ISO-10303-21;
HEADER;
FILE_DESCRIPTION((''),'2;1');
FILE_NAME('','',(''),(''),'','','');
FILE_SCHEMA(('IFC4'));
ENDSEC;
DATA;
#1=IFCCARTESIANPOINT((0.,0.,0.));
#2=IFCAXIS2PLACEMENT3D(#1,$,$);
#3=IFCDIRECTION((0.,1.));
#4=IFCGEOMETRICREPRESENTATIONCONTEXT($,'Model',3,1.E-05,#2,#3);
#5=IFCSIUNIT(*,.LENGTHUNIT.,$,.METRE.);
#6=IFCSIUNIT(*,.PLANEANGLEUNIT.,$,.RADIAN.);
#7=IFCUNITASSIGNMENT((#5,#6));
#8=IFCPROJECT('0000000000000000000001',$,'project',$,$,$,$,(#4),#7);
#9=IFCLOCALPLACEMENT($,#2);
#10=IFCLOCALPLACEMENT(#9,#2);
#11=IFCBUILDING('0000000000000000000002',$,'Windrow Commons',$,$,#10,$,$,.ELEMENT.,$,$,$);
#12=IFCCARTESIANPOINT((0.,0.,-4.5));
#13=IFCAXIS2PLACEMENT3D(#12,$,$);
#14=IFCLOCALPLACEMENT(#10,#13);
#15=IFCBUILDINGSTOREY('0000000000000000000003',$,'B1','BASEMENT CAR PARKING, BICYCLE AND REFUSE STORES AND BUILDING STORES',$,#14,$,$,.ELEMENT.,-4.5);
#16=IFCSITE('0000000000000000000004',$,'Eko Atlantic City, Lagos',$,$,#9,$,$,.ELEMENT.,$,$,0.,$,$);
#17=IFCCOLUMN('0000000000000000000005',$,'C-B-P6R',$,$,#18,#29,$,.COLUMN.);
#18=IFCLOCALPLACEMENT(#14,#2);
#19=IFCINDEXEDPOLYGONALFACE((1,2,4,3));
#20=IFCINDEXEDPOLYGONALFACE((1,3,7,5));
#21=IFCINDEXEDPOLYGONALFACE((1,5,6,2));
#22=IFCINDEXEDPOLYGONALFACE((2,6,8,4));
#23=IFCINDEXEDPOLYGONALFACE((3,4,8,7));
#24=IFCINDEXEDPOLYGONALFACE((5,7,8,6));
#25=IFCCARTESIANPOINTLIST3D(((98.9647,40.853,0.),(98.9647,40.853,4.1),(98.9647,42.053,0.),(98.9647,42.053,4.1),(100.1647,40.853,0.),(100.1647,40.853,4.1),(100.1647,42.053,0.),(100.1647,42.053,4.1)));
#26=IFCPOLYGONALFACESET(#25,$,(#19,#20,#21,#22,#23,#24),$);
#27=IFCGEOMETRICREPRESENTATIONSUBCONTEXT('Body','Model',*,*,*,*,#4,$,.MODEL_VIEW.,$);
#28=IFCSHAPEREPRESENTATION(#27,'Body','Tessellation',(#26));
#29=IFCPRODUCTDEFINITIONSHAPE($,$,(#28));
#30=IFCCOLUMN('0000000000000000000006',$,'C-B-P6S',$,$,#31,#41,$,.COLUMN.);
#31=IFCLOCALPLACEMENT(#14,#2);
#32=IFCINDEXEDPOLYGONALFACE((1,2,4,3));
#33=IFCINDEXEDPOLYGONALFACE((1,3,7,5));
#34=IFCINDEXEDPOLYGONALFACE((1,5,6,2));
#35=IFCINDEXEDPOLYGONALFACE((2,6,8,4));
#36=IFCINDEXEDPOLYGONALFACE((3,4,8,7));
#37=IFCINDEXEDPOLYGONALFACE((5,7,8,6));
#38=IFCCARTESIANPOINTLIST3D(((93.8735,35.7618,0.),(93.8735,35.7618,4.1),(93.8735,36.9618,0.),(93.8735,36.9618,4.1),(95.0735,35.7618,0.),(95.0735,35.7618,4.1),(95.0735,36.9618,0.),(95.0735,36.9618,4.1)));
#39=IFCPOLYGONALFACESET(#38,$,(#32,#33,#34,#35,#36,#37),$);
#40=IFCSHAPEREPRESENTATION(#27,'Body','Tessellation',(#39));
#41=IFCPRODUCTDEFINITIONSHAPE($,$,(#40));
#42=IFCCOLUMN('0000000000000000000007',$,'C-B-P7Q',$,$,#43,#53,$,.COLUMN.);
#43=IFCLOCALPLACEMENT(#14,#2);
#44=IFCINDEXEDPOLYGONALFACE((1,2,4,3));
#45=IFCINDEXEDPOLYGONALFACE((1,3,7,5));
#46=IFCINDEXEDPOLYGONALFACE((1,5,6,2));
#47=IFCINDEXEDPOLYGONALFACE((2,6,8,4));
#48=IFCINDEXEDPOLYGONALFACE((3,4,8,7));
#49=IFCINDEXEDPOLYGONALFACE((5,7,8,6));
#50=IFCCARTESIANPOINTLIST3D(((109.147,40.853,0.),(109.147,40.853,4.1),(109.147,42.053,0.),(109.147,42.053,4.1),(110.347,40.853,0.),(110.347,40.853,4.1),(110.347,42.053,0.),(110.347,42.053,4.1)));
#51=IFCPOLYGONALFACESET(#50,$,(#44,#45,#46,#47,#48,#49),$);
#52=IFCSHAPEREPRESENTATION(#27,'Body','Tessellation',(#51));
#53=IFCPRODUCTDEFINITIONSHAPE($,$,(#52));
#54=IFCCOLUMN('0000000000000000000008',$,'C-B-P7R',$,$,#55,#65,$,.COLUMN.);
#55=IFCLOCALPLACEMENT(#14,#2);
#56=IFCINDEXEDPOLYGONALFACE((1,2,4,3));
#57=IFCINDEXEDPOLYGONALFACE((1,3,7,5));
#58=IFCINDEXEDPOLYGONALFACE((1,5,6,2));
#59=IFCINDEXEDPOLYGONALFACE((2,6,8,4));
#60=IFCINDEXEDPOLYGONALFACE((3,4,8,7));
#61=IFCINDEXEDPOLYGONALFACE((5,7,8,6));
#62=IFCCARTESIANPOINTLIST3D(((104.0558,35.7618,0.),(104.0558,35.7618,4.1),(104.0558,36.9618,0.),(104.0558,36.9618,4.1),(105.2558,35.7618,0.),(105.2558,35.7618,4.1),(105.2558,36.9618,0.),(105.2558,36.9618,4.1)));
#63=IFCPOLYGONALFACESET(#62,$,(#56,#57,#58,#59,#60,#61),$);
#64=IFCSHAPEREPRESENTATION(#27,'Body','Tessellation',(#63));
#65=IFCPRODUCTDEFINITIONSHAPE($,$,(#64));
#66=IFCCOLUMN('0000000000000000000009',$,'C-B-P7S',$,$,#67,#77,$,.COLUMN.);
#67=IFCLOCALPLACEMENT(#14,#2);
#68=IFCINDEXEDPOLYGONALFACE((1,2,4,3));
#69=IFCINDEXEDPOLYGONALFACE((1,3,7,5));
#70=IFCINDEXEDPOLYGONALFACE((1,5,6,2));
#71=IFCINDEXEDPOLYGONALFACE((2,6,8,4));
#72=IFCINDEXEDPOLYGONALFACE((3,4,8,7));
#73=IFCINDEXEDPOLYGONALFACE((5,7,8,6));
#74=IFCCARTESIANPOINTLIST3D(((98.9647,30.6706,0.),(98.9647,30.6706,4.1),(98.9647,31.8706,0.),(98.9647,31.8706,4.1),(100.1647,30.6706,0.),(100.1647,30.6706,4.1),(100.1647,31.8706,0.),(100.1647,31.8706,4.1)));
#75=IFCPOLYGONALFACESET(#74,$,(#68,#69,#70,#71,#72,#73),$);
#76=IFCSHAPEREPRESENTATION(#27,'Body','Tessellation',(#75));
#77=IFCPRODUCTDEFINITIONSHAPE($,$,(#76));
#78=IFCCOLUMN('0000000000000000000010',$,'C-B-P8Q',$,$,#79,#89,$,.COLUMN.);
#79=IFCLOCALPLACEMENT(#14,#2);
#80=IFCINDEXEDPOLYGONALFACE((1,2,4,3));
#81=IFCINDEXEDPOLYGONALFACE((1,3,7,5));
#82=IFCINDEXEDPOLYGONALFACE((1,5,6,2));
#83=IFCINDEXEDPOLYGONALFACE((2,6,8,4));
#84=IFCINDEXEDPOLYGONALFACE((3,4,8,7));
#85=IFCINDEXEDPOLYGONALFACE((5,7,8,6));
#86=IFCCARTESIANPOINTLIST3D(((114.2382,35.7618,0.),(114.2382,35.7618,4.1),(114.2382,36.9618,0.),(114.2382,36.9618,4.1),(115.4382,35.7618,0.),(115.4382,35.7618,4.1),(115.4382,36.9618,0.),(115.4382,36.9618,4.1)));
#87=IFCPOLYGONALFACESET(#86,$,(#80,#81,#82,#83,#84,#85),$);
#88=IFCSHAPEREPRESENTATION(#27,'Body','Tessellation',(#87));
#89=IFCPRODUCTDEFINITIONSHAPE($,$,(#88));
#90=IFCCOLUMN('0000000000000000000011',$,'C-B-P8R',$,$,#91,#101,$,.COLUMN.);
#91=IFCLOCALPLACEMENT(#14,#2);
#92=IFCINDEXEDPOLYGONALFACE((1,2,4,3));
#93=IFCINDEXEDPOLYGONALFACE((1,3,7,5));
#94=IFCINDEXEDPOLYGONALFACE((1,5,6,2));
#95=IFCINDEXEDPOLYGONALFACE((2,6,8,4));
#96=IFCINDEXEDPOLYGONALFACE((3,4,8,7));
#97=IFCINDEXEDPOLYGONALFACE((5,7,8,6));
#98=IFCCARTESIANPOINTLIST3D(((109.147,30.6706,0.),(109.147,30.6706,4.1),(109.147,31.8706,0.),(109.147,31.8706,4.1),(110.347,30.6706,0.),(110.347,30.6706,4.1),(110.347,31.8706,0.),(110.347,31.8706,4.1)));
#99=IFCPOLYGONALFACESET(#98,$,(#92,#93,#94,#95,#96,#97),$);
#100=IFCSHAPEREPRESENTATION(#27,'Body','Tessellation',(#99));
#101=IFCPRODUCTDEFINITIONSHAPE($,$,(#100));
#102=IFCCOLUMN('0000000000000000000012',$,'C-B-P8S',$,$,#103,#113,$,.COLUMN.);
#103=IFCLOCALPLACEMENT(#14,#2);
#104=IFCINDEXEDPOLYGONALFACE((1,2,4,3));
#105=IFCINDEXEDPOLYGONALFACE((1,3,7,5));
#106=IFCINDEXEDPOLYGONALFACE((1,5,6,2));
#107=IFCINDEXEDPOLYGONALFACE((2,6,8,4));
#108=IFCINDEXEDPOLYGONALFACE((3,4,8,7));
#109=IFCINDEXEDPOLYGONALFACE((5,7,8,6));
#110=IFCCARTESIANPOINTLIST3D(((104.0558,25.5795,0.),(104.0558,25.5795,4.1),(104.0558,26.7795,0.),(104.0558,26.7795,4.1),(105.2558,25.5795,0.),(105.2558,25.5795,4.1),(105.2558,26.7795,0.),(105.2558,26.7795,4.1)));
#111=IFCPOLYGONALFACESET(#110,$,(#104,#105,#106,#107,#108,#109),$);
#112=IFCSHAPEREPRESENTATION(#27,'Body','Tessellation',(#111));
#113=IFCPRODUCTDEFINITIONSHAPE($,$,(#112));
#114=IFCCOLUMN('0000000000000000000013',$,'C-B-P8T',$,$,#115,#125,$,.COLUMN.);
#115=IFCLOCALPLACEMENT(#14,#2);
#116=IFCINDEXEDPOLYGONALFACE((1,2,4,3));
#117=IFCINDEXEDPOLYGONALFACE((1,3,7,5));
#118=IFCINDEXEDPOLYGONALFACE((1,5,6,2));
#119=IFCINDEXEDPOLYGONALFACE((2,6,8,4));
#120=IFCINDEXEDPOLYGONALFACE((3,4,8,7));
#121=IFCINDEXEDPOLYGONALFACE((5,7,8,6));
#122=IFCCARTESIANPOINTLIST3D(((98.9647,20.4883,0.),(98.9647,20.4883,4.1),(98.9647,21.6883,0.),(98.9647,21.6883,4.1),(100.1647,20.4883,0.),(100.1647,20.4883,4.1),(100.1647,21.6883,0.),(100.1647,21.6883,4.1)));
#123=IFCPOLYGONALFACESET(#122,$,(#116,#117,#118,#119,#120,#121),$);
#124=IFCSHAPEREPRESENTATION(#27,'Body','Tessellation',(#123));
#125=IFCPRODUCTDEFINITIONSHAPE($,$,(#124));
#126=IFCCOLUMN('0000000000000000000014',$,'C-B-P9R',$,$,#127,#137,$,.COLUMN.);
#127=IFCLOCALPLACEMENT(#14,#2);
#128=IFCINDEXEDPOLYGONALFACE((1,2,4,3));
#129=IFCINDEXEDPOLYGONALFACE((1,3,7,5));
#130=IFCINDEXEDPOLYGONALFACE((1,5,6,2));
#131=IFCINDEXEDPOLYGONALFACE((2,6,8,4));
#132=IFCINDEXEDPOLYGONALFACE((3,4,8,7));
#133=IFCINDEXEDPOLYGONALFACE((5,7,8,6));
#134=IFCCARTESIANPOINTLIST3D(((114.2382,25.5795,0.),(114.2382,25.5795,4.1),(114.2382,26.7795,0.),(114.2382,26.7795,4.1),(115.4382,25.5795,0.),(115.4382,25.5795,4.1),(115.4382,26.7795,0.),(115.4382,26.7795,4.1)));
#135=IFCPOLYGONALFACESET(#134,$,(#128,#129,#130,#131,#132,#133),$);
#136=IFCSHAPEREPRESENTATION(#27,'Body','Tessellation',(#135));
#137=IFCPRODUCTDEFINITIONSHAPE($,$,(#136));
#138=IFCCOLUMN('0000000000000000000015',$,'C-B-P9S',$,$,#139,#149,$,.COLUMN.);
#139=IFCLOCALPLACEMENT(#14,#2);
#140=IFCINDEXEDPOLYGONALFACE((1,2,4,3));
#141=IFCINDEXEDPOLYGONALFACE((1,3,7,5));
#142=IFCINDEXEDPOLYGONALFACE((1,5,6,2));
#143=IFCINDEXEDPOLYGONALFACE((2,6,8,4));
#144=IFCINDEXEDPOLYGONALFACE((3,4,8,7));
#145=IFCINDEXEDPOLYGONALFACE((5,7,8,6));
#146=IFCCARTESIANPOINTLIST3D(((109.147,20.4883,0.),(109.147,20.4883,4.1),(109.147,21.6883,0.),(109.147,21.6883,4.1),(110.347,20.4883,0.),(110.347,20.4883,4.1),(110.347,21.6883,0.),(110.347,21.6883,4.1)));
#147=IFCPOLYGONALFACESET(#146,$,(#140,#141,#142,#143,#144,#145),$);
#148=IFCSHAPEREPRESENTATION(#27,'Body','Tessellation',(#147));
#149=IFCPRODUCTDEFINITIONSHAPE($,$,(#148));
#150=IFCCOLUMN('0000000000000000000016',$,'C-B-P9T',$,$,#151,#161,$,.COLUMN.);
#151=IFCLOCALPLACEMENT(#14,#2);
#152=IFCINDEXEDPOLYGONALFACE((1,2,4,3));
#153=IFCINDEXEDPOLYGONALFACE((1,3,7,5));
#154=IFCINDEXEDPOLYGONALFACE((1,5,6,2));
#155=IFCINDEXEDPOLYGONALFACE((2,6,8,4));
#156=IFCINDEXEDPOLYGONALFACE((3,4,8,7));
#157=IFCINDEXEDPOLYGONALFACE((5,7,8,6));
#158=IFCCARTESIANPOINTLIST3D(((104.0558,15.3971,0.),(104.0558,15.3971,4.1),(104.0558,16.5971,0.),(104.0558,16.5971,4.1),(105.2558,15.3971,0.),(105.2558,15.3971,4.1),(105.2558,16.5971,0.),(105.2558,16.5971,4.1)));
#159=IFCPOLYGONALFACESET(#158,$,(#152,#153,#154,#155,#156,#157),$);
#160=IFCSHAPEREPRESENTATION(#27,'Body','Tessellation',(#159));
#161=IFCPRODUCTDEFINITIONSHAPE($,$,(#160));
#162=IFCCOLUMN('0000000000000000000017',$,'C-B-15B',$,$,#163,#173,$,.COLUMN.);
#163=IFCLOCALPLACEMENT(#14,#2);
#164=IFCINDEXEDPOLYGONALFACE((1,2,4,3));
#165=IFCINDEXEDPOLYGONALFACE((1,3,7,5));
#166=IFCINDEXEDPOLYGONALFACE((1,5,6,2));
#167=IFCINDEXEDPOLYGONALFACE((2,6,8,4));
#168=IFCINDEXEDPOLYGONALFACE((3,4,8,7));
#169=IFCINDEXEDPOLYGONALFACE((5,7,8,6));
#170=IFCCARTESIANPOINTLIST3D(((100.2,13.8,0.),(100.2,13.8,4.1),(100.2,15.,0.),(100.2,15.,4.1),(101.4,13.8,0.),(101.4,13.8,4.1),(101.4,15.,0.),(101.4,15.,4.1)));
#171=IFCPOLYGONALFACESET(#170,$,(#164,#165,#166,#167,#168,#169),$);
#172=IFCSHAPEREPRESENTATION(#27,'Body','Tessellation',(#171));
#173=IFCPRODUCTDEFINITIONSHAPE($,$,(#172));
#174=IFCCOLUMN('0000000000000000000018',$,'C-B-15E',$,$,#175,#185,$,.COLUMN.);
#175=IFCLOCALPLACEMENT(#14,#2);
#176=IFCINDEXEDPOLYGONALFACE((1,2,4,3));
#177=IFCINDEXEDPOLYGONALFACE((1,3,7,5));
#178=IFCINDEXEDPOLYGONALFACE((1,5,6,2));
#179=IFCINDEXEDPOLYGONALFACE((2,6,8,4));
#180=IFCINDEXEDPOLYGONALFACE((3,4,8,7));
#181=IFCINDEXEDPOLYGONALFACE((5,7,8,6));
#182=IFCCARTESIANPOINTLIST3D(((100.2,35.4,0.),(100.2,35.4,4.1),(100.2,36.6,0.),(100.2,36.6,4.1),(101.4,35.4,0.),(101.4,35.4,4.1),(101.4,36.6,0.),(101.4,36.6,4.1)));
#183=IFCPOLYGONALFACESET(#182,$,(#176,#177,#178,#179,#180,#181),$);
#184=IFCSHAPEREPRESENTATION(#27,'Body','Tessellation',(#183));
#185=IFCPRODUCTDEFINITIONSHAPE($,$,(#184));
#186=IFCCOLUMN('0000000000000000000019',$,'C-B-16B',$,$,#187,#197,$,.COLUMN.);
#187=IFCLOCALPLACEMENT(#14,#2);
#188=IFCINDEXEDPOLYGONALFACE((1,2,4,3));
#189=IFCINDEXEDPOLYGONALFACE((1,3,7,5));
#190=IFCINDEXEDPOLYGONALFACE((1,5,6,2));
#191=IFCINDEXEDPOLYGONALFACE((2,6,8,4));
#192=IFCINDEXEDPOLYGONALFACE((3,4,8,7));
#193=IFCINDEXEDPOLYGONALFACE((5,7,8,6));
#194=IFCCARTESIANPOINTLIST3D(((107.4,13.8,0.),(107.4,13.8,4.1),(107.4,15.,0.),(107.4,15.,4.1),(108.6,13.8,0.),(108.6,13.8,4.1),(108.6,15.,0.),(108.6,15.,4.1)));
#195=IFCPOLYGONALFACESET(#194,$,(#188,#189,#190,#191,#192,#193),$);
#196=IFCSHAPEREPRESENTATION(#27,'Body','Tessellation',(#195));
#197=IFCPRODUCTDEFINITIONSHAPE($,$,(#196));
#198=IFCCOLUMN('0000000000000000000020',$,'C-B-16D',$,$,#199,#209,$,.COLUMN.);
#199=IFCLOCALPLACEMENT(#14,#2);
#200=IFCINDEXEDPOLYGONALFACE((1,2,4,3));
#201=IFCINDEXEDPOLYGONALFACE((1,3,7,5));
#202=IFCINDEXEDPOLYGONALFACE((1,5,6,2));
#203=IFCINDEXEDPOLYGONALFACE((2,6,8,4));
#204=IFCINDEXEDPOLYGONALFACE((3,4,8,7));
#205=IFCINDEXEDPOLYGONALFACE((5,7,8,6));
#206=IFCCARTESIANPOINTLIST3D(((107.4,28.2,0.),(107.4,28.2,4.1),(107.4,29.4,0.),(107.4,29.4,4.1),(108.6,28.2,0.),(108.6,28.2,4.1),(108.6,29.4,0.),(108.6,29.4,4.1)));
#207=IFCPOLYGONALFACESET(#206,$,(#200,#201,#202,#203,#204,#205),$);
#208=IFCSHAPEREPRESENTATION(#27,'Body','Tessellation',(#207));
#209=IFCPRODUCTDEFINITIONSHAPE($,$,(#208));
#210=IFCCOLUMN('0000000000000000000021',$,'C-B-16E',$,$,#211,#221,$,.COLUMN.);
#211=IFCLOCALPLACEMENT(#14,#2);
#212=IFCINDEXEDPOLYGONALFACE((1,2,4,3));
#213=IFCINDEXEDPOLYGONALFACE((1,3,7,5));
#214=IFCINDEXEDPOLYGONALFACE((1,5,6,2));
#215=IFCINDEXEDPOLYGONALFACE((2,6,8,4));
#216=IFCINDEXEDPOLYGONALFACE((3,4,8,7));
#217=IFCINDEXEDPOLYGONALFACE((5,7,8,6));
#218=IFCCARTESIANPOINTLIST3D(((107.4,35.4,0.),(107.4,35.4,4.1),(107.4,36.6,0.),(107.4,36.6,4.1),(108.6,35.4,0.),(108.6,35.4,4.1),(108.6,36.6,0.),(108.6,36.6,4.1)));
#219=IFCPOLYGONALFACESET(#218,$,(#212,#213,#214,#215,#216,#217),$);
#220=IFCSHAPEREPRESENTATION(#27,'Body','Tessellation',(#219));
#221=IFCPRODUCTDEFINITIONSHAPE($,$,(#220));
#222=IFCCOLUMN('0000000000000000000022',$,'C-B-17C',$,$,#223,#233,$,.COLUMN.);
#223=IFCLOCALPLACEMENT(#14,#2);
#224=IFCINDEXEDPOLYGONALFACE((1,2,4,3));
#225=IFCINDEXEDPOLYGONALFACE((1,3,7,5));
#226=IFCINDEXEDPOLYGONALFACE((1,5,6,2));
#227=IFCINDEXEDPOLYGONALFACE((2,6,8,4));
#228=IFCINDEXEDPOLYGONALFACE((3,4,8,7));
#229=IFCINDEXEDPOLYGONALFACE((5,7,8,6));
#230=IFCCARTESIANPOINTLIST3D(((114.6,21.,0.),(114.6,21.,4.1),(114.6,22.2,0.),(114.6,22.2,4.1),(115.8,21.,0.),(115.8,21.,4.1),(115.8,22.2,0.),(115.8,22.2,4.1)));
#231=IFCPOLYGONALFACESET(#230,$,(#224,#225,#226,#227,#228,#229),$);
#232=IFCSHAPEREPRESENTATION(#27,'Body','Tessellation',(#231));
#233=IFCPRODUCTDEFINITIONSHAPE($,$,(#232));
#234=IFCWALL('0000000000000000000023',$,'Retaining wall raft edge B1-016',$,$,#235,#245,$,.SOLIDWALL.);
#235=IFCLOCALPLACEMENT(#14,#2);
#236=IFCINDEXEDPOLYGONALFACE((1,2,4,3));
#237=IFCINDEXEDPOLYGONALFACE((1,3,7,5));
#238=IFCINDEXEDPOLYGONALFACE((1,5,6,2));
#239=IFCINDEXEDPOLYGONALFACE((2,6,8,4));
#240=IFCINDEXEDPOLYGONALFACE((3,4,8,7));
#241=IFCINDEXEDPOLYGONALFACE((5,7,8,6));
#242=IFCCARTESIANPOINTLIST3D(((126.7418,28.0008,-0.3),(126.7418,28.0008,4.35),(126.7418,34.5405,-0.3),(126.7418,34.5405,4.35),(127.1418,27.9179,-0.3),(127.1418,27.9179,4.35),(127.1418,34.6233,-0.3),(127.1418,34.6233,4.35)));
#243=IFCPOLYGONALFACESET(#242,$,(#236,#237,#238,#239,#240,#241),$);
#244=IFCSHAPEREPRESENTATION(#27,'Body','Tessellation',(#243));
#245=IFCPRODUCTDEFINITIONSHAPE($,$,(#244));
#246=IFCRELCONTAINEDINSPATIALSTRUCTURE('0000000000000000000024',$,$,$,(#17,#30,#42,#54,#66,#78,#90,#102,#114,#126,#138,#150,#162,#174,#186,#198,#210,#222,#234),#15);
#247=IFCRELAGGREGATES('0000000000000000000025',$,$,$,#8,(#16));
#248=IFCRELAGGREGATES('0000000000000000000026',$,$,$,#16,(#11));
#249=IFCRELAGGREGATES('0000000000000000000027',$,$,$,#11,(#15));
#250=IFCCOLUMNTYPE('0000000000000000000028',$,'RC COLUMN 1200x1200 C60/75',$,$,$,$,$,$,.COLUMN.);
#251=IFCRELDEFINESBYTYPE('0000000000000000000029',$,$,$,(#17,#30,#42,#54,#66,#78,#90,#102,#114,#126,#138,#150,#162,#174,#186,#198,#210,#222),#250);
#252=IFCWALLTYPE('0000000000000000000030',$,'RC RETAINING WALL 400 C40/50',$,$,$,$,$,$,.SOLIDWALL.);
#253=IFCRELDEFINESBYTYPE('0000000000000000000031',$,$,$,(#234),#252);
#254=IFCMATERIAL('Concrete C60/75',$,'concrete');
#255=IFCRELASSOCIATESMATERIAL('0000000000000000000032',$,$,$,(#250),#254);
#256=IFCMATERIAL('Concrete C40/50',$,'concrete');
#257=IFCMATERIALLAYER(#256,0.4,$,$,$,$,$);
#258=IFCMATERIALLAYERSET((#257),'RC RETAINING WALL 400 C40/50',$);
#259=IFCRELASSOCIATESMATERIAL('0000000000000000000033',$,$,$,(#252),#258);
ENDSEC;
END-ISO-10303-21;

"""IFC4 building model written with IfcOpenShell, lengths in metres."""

from ifc_helpers import new_model, si_unit, direction, frame, origin, origin_2d, place, context, subcontext, project, spatial, polyline, rectangle, outline, extrude, material, layer, layer_set, material_profile, profile_set, type_object, element, save


model = new_model("IFC4")

# Units and contexts
model_context = context("Model", 3, precision=1e-05, world=origin(), true_north=direction((0.0, 1.0)))
body_context = subcontext(model_context, "Body", "Model", "MODEL_VIEW")
ifc_project = project(units=[si_unit("LENGTHUNIT", "METRE"), si_unit("PLANEANGLEUNIT", "RADIAN")], contexts=[model_context])

# Site, building, storey
site_placement = place(None, origin())
site = spatial("IfcSite", under=ifc_project, at=site_placement, Name="Eko Atlantic City, Lagos", CompositionType="ELEMENT", RefElevation=0.0)
building_placement = place(site_placement, origin())
building = spatial("IfcBuilding", under=site, at=building_placement, Name="Windrow Commons", CompositionType="ELEMENT")
storey_placement = place(building_placement, frame((0.0, 0.0, -4.5)))
storey = spatial("IfcBuildingStorey", under=building, at=storey_placement, Name="B1", Description="BASEMENT CAR PARKING, BICYCLE AND REFUSE STORES AND BUILDING STORES", CompositionType="ELEMENT", Elevation=-4.5)

# Columns
ifc_material_1 = material(Name="Concrete C60/75", Category="concrete")
ifc_material_profile = material_profile(ifc_material_1, rectangle(XDim=1.2, YDim=1.2, at=origin_2d()))
ifc_profile_set = profile_set([ifc_material_profile], Name="Concrete C60/75")
column_type = type_object("IfcColumnType", Name="RC COLUMN 1200x1200 C60/75", PredefinedType="COLUMN", material=ifc_profile_set)
for number, where, z_axis, x_axis, name in (
    (1, (99.5647, 41.453, 0.0), (0.0, 0.0, 1.0), (1.0, 0.0, 0.0), "C-B-P6R"),
    (2, (94.4735, 36.3618, 0.0), (0.0, 0.0, 1.0), (1.0, 0.0, 0.0), "C-B-P6S"),
    (3, (109.747, 41.453, 0.0), (0.0, 0.0, 1.0), (1.0, 0.0, 0.0), "C-B-P7Q"),
    (4, (104.6558, 36.3618, 0.0), (0.0, 0.0, 1.0), (1.0, 0.0, 0.0), "C-B-P7R"),
    (5, (99.5647, 31.2706, 0.0), (0.0, 0.0, 1.0), (1.0, 0.0, 0.0), "C-B-P7S"),
    (6, (114.8382, 36.3618, 0.0), (0.0, 0.0, 1.0), (1.0, 0.0, 0.0), "C-B-P8Q"),
    (7, (109.747, 31.2706, 0.0), (0.0, 0.0, 1.0), (1.0, 0.0, 0.0), "C-B-P8R"),
    (8, (104.6558, 26.1795, 0.0), (0.0, 0.0, 1.0), (1.0, 0.0, 0.0), "C-B-P8S"),
    (9, (99.5647, 21.0883, 0.0), (0.0, 0.0, 1.0), (1.0, 0.0, 0.0), "C-B-P8T"),
    (10, (114.8382, 26.1795, 0.0), (0.0, 0.0, 1.0), (1.0, 0.0, 0.0), "C-B-P9R"),
    (11, (109.747, 21.0883, 0.0), (0.0, 0.0, 1.0), (1.0, 0.0, 0.0), "C-B-P9S"),
    (12, (104.6558, 15.9971, 0.0), (0.0, 0.0, 1.0), (1.0, 0.0, 0.0), "C-B-P9T"),
    (13, (100.8, 14.4, 0.0), (0.0, 0.0, 1.0), (1.0, 0.0, 0.0), "C-B-15B"),
    (14, (100.8, 36.0, 0.0), (0.0, 0.0, 1.0), (1.0, 0.0, 0.0), "C-B-15E"),
    (15, (108.0, 14.4, 0.0), (0.0, 0.0, 1.0), (1.0, 0.0, 0.0), "C-B-16B"),
    (16, (108.0, 28.8, 0.0), (0.0, 0.0, 1.0), (1.0, 0.0, 0.0), "C-B-16D"),
    (17, (108.0, 36.0, 0.0), (0.0, 0.0, 1.0), (1.0, 0.0, 0.0), "C-B-16E"),
    (18, (115.2, 21.6, 0.0), (0.0, 0.0, 1.0), (1.0, 0.0, 0.0), "C-B-17C"),
):
    element("IfcColumn", number, at=place(storey_placement, frame(where, z_axis=z_axis, x_axis=x_axis)), inside=storey, type_object=column_type, Name=name, PredefinedType="COLUMN", context=body_context, shape_type="SweptSolid", body=[
        extrude(rectangle(XDim=1.2, YDim=1.2, at=origin_2d()), origin(), (0.0, 0.0, 1.0), 4.1),
    ])

# Wall
ifc_material_2 = material(Name="Concrete C40/50", Category="concrete")
ifc_layer = layer(ifc_material_2, 0.4)
ifc_layer_set = layer_set([ifc_layer], Name="RC RETAINING WALL 400 C40/50")
wall_type = type_object("IfcWallType", Name="RC RETAINING WALL 400 C40/50", PredefinedType="SOLIDWALL", material=ifc_layer_set)
wall_1_placement = place(storey_placement, frame((126.9418, 34.5819, -0.3), z_axis=(0.0, 0.0, 1.0), x_axis=(0.0, -1.0, 0.0)))
element("IfcWall", 19, at=wall_1_placement, inside=storey, type_object=wall_type, Name="Retaining wall raft edge B1-016", PredefinedType="SOLIDWALL", context=body_context, shape_type="SweptSolid", body=[
    extrude(outline(polyline([(0.0414, -0.2), (6.5811, -0.2), (6.664, 0.2), (-0.0414, 0.2), (0.0414, -0.2)])), origin(), (0.0, 0.0, 1.0), 4.65),
])

save(model, "model.ifc")
